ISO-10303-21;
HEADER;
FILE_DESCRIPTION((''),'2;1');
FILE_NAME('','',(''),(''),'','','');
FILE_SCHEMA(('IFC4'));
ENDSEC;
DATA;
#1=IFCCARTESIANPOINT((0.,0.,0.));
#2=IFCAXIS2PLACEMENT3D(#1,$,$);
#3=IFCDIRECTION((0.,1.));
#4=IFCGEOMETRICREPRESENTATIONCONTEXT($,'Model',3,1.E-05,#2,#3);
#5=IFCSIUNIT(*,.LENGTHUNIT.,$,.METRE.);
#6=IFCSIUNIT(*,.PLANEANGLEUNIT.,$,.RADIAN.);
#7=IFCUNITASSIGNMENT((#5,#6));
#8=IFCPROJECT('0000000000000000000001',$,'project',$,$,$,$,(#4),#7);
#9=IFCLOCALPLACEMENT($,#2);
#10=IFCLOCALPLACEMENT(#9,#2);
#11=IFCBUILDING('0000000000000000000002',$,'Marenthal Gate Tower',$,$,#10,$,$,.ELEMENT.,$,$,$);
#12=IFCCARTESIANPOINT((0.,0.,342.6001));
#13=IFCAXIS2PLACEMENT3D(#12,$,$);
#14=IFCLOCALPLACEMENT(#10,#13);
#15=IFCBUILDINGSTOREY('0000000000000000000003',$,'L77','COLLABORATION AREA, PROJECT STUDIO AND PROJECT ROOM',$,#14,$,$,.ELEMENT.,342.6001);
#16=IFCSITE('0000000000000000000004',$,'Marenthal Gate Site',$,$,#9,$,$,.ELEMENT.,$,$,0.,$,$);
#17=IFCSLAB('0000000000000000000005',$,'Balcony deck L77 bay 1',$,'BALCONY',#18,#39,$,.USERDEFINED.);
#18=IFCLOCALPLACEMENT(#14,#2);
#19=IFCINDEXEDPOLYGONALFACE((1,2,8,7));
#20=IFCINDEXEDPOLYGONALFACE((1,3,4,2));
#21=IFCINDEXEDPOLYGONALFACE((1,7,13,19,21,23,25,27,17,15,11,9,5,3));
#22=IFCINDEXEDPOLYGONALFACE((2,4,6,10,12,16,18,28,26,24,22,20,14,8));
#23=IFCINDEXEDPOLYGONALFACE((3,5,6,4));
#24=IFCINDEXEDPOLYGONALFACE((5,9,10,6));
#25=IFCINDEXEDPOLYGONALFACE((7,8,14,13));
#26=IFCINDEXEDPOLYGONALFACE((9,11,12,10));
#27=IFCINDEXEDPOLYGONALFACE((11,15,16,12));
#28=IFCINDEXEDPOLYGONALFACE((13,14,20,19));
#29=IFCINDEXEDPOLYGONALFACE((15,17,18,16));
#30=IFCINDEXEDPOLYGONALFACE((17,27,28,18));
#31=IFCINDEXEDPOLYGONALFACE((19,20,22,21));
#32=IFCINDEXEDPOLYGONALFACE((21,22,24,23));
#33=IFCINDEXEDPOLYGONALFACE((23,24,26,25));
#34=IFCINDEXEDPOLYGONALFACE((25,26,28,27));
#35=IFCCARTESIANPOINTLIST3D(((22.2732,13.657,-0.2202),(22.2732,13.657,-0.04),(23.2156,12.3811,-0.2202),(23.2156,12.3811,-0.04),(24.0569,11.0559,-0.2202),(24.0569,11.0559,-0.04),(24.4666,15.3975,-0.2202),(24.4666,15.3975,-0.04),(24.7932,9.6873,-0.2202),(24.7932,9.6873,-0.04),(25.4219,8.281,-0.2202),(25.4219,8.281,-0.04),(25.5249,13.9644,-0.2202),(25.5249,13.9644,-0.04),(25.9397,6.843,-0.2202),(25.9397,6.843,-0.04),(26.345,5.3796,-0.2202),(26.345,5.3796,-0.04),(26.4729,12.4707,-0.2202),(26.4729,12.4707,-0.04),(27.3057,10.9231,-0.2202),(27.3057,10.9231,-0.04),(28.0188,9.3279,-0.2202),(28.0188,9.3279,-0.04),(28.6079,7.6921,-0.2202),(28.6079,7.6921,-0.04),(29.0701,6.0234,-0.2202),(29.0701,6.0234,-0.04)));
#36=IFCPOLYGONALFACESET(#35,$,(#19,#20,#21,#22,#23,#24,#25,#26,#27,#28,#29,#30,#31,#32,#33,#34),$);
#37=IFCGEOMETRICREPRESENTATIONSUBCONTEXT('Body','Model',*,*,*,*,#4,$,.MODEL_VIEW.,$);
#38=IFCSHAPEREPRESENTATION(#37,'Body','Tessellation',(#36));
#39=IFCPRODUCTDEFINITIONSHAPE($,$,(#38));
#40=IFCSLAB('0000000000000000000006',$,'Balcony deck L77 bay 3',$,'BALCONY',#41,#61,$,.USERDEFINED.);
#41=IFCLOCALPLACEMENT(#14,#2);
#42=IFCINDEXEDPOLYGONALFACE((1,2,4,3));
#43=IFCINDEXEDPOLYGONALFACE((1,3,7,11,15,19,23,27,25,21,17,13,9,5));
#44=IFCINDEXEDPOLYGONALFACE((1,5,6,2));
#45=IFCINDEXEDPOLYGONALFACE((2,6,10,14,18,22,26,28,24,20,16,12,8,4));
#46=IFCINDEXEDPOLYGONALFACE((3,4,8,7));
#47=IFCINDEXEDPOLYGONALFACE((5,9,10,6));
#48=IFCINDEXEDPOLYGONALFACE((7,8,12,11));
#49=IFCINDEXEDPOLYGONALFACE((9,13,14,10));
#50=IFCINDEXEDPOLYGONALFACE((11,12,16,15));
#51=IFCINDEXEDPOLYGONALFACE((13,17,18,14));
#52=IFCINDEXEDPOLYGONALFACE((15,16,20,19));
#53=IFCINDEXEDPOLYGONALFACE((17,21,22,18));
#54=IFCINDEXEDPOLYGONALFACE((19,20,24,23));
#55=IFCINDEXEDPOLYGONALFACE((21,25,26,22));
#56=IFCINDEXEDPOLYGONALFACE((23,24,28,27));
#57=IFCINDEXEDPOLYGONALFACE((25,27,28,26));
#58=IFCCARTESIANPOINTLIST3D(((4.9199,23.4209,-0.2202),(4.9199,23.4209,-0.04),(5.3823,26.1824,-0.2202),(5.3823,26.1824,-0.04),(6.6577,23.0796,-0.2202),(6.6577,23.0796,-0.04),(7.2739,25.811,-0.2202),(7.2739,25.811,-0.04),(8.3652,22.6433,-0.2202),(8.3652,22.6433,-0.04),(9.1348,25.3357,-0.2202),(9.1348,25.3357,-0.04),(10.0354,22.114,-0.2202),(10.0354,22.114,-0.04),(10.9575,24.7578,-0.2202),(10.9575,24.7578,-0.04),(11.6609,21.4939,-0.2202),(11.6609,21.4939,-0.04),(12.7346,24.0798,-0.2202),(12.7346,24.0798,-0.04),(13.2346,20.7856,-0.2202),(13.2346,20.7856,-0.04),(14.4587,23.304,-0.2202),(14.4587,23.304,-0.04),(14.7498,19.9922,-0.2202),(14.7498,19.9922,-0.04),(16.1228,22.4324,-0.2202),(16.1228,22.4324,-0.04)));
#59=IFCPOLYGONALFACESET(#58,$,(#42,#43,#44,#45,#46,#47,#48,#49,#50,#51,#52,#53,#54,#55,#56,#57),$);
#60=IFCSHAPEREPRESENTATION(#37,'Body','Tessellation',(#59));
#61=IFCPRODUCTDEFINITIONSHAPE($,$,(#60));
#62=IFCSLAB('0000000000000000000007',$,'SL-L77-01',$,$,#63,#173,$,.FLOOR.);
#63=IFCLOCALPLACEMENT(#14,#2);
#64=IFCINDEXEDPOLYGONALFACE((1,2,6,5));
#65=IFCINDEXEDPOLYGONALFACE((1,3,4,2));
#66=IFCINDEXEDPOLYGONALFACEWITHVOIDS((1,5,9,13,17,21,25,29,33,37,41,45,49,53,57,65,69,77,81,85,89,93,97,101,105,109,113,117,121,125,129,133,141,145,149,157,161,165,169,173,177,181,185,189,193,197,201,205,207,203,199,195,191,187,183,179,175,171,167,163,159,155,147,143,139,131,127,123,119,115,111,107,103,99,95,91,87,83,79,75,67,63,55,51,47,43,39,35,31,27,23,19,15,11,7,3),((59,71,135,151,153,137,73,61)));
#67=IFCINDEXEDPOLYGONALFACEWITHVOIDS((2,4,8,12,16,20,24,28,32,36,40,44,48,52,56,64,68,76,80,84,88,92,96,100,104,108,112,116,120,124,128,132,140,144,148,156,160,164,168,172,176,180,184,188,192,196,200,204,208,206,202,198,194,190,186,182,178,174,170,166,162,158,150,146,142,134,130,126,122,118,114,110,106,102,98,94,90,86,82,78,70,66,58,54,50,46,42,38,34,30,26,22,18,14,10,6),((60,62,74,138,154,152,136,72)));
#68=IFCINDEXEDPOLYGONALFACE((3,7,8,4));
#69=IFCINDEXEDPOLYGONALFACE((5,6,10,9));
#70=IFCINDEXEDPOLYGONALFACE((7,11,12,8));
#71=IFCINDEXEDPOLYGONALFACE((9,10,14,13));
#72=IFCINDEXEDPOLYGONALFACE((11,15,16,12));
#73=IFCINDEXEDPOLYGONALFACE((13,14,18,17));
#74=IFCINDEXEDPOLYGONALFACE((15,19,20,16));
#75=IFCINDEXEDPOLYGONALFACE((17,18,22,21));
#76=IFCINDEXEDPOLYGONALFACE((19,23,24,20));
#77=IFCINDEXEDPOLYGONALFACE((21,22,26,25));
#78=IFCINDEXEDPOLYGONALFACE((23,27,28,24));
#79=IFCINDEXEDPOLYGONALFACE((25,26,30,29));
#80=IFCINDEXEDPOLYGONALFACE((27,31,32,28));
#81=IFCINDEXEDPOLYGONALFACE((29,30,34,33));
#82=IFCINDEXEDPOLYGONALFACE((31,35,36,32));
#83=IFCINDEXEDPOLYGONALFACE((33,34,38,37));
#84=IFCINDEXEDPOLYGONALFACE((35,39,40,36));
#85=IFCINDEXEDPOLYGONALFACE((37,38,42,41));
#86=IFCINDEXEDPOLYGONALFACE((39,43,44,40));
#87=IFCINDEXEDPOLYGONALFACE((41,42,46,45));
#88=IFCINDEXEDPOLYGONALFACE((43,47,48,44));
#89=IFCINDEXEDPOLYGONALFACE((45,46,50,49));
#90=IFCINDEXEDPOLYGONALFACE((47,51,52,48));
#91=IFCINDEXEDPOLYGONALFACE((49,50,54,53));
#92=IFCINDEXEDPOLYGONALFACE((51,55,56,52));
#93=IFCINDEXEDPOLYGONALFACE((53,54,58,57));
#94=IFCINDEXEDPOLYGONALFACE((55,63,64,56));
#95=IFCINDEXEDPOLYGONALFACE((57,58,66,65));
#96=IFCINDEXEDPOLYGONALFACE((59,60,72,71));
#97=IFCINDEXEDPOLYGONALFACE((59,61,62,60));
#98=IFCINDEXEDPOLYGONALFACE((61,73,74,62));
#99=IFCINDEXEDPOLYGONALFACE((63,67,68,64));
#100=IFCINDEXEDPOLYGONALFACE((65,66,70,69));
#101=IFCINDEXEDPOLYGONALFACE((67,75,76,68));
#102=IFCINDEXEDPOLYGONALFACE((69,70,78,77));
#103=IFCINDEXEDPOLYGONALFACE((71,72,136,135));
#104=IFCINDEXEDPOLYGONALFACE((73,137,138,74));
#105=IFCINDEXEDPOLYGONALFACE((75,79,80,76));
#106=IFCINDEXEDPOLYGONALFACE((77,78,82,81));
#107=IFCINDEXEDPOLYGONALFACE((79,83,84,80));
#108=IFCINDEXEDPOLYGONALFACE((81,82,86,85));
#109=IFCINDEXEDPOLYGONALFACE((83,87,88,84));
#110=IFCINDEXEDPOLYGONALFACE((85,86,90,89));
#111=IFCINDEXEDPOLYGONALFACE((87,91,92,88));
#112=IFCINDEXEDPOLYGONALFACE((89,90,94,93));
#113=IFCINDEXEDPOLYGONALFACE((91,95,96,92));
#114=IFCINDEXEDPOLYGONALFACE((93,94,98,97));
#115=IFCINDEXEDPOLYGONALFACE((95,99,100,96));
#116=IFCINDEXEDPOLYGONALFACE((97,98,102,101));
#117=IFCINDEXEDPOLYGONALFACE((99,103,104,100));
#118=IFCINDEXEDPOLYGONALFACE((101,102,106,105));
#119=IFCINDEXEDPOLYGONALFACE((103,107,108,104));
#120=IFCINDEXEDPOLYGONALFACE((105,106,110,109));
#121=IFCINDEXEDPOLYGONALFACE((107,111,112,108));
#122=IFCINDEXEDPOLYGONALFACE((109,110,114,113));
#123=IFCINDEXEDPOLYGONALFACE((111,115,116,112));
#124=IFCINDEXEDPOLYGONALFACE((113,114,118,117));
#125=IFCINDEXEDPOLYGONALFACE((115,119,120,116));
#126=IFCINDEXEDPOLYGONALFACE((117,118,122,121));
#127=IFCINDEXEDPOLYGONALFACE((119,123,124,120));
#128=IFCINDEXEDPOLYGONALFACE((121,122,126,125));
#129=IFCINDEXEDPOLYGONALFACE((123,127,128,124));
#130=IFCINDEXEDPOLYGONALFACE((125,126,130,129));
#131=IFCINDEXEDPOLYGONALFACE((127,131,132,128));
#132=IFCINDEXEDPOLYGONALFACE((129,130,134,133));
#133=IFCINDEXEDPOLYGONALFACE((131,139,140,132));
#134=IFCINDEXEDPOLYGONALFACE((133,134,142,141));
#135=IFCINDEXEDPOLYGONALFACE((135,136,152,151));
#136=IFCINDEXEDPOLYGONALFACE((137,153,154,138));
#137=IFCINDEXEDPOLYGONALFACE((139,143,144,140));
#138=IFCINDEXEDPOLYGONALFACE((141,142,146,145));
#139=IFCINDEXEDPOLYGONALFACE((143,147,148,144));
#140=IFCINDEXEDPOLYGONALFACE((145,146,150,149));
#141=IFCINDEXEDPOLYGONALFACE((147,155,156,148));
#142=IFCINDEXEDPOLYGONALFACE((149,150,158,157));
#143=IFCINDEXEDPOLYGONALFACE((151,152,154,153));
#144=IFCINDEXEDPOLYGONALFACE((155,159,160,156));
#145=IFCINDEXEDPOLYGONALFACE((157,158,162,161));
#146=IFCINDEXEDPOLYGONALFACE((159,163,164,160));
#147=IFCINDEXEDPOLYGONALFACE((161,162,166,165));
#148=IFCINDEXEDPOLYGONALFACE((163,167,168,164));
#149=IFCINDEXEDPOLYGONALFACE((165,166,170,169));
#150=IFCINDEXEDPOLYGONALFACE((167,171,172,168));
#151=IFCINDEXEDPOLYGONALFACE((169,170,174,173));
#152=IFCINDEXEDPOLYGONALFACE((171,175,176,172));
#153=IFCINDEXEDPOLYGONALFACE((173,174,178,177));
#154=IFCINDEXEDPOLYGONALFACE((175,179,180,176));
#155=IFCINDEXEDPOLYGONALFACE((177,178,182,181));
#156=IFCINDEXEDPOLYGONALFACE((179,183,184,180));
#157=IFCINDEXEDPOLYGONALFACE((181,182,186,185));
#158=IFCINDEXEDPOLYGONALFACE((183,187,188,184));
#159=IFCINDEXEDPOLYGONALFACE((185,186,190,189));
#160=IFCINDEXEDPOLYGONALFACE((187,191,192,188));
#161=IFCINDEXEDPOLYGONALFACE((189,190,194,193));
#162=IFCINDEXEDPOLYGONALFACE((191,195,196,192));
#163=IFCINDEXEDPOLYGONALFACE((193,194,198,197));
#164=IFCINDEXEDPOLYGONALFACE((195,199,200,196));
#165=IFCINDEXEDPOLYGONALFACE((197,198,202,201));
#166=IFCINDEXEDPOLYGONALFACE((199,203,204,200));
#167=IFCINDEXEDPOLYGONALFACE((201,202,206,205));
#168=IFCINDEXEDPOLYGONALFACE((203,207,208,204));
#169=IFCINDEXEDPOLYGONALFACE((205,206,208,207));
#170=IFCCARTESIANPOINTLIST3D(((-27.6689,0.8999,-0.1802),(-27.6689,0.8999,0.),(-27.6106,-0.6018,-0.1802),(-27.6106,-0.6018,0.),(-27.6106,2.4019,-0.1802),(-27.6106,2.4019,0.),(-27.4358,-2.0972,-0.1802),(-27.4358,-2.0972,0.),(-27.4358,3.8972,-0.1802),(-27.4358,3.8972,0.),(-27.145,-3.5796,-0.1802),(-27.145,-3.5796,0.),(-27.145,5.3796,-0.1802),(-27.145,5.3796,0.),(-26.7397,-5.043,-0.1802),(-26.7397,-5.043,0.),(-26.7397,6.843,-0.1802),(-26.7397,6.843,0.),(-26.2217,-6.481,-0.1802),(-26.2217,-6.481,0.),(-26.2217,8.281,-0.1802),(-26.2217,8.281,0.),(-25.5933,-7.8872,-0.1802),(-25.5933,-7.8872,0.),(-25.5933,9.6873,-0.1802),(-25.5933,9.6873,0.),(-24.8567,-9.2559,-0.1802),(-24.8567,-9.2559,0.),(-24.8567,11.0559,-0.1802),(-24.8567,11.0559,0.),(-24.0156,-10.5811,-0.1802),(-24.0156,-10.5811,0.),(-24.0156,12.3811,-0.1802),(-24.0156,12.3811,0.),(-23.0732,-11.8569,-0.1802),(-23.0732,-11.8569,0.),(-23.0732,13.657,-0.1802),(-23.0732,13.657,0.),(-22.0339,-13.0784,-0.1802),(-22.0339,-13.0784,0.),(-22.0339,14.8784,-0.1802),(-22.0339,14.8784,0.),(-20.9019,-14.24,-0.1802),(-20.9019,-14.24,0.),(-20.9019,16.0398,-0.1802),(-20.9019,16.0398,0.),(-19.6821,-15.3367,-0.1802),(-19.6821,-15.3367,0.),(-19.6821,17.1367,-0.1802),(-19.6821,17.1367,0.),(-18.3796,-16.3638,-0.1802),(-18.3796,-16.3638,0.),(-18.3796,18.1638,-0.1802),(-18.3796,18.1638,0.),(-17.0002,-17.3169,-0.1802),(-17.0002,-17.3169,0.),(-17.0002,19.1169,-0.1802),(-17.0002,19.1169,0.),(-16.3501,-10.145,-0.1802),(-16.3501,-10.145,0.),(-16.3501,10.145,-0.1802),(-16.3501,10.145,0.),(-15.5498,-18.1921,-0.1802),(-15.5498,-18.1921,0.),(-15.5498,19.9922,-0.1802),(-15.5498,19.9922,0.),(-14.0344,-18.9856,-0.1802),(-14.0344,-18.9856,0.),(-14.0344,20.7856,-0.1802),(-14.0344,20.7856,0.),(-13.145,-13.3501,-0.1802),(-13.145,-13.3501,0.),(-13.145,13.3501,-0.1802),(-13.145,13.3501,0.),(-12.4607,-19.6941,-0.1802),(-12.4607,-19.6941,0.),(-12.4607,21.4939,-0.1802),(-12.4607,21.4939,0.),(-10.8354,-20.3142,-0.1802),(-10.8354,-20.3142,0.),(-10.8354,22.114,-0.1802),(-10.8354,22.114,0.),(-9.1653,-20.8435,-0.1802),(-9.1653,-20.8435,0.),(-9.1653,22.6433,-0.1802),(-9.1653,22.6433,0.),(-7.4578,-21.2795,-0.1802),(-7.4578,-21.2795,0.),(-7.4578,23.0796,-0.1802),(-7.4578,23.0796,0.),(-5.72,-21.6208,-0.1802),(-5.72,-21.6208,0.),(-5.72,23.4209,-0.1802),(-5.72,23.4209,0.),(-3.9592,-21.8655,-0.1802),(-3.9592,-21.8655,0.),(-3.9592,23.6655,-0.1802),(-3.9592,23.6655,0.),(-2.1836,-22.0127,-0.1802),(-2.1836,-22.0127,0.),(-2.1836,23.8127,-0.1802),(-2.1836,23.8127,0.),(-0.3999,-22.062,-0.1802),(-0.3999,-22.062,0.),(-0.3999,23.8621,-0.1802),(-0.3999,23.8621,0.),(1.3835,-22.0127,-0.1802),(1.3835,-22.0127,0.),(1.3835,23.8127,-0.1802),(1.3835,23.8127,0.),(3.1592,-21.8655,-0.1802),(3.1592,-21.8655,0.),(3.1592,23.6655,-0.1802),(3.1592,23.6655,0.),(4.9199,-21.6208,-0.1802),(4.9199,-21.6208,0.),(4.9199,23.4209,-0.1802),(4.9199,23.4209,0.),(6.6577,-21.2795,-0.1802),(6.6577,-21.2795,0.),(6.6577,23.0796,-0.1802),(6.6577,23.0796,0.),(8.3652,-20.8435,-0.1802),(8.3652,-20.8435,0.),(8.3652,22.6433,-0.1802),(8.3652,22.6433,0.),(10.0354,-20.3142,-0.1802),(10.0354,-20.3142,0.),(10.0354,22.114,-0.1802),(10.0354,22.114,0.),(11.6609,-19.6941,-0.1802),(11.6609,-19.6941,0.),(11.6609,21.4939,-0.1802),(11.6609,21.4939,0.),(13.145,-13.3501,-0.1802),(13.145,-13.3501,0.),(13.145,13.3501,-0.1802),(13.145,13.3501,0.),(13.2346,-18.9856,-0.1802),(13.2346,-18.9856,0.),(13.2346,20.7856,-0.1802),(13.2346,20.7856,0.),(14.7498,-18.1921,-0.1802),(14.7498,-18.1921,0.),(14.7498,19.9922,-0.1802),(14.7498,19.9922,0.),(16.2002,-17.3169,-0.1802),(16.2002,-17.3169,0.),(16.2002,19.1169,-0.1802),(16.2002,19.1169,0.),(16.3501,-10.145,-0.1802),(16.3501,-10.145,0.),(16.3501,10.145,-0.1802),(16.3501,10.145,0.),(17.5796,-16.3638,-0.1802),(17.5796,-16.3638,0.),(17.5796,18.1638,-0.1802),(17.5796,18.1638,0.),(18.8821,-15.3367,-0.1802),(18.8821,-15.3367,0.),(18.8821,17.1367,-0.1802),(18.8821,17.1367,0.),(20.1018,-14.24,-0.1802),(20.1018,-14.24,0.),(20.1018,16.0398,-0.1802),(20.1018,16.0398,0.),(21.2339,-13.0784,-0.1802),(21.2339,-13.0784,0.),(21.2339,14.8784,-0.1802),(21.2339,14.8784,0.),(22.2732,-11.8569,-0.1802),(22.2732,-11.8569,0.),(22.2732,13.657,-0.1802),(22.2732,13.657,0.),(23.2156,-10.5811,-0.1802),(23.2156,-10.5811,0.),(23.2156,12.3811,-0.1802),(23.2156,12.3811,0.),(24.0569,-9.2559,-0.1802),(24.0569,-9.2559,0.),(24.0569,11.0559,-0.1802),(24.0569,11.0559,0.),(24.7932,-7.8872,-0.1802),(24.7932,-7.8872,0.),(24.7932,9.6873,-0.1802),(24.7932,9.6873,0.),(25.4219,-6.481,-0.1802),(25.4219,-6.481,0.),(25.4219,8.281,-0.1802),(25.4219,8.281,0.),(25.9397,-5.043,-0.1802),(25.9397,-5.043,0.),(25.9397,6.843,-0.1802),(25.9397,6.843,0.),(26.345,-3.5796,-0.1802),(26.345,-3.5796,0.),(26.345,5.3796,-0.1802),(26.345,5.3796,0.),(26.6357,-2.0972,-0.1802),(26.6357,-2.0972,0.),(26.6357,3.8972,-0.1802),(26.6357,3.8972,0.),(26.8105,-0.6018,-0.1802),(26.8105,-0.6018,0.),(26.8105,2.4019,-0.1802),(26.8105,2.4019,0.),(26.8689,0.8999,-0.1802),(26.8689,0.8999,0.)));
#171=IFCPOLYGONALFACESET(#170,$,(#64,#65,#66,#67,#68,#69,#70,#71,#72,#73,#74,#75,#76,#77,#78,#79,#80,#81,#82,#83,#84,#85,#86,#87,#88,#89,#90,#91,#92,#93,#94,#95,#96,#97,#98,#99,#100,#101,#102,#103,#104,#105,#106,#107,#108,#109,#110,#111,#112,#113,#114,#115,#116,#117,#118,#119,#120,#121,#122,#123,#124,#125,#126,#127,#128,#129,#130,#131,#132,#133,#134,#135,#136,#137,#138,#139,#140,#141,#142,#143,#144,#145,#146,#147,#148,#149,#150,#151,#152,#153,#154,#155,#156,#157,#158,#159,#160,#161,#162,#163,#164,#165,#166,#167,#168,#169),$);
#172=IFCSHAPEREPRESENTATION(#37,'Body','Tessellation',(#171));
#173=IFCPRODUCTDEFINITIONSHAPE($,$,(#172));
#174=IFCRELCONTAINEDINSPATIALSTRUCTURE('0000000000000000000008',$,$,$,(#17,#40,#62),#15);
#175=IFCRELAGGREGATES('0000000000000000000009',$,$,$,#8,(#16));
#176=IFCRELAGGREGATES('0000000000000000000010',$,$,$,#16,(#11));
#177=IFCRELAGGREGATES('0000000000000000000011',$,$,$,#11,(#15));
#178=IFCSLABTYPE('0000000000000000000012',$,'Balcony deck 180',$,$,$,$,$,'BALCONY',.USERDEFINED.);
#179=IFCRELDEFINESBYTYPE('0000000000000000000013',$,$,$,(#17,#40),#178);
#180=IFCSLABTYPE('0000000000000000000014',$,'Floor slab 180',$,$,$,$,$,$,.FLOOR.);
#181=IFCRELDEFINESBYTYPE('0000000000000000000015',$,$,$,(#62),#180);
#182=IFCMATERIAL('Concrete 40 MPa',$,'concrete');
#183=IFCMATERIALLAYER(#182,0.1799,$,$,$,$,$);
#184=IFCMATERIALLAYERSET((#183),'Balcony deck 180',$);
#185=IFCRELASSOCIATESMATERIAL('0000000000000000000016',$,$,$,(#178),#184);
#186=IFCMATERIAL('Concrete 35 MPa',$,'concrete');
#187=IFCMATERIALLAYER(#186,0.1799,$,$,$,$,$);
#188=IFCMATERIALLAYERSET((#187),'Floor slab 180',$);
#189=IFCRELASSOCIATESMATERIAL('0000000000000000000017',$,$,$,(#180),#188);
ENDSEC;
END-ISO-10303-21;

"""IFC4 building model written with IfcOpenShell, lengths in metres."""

from ifc_helpers import new_model, si_unit, direction, frame, origin, place, context, subcontext, project, spatial, polyline, outline, extrude, material, layer, layer_set, type_object, element, save


model = new_model("IFC4")

# Units and contexts
model_context = context("Model", 3, precision=1e-05, world=origin(), true_north=direction((0.0, 1.0)))
body_context = subcontext(model_context, "Body", "Model", "MODEL_VIEW")
ifc_project = project(units=[si_unit("LENGTHUNIT", "METRE"), si_unit("PLANEANGLEUNIT", "RADIAN")], contexts=[model_context])

# Site, building, storey
site_placement = place(None, origin())
site = spatial("IfcSite", under=ifc_project, at=site_placement, Name="Marenthal Gate Site", CompositionType="ELEMENT", RefElevation=0.0)
building_placement = place(site_placement, origin())
building = spatial("IfcBuilding", under=site, at=building_placement, Name="Marenthal Gate Tower", CompositionType="ELEMENT")
storey_placement = place(building_placement, frame((0.0, 0.0, 342.6001)))
storey = spatial("IfcBuildingStorey", under=building, at=storey_placement, Name="L77", Description="COLLABORATION AREA, PROJECT STUDIO AND PROJECT ROOM", CompositionType="ELEMENT", Elevation=342.6001)

# Slabs
ifc_material_1 = material(Name="Concrete 40 MPa", Category="concrete")
ifc_layer_1 = layer(ifc_material_1, 0.1799)
ifc_layer_set_1 = layer_set([ifc_layer_1], Name="Balcony deck 180")
slab_type_1 = type_object("IfcSlabType", Name="Balcony deck 180", ElementType="BALCONY", PredefinedType="USERDEFINED", material=ifc_layer_set_1)
slab_1_placement = place(storey_placement, frame((0.0, 0.0, -0.2202)))
element("IfcSlab", 1, at=slab_1_placement, inside=storey, type_object=slab_type_1, Name="Balcony deck L77 bay 1", ObjectType="BALCONY", PredefinedType="USERDEFINED", context=body_context, shape_type="SweptSolid", body=[
    extrude(outline(polyline([(26.345, 5.3796), (25.9397, 6.843), (25.4219, 8.281), (24.7932, 9.6873), (24.0569, 11.0559), (23.2156, 12.3811), (22.2732, 13.657), (24.4666, 15.3975), (25.5249, 13.9644), (26.4729, 12.4707), (27.3057, 10.9231), (28.0188, 9.3279), (28.6079, 7.6921), (29.0701, 6.0234), (26.345, 5.3796)])), origin(), (0.0, 0.0, 1.0), 0.1802),
])
slab_2_placement = place(storey_placement, frame((0.0, 0.0, -0.2202)))
element("IfcSlab", 2, at=slab_2_placement, inside=storey, type_object=slab_type_1, Name="Balcony deck L77 bay 3", ObjectType="BALCONY", PredefinedType="USERDEFINED", context=body_context, shape_type="SweptSolid", body=[
    extrude(outline(polyline([(14.7498, 19.9922), (13.2346, 20.7856), (11.6609, 21.4939), (10.0354, 22.114), (8.3652, 22.6433), (6.6577, 23.0796), (4.9199, 23.4209), (5.3823, 26.1824), (7.2739, 25.811), (9.1348, 25.3357), (10.9575, 24.7578), (12.7346, 24.0798), (14.4587, 23.304), (16.1228, 22.4324), (14.7498, 19.9922)])), origin(), (0.0, 0.0, 1.0), 0.1802),
])
ifc_material_2 = material(Name="Concrete 35 MPa", Category="concrete")
ifc_layer_2 = layer(ifc_material_2, 0.1799)
ifc_layer_set_2 = layer_set([ifc_layer_2], Name="Floor slab 180")
slab_type_2 = type_object("IfcSlabType", Name="Floor slab 180", PredefinedType="FLOOR", material=ifc_layer_set_2)
slab_3_placement = place(storey_placement, frame((0.0, 0.0, -0.1802)))
element("IfcSlab", 3, at=slab_3_placement, inside=storey, type_object=slab_type_2, Name="SL-L77-01", PredefinedType="FLOOR", context=body_context, shape_type="SweptSolid", body=[
    extrude(outline(polyline([(26.8689, 0.8999), (26.8105, 2.4019), (26.6357, 3.8972), (26.345, 5.3796), (25.9397, 6.843), (25.4219, 8.281), (24.7932, 9.6873), (24.0569, 11.0559), (23.2156, 12.3811), (22.2732, 13.657), (21.2339, 14.8784), (20.1018, 16.0398), (18.8821, 17.1367), (17.5796, 18.1638), (16.2002, 19.1169), (14.7498, 19.9922), (13.2346, 20.7856), (11.6609, 21.4939), (10.0354, 22.114), (8.3652, 22.6433), (6.6577, 23.0796), (4.9199, 23.4209), (3.1592, 23.6655), (1.3835, 23.8127), (-0.3999, 23.8621), (-2.1836, 23.8127), (-3.9592, 23.6655), (-5.72, 23.4209), (-7.4578, 23.0796), (-9.1653, 22.6433), (-10.8354, 22.114), (-12.4607, 21.4939), (-14.0344, 20.7856), (-15.5498, 19.9922), (-17.0002, 19.1169), (-18.3796, 18.1638), (-19.6821, 17.1367), (-20.9019, 16.0398), (-22.0339, 14.8784), (-23.0732, 13.657), (-24.0156, 12.3811), (-24.8567, 11.0559), (-25.5933, 9.6873), (-26.2217, 8.281), (-26.7397, 6.843), (-27.145, 5.3796), (-27.4358, 3.8972), (-27.6106, 2.4019), (-27.6689, 0.8999), (-27.6106, -0.6018), (-27.4358, -2.0972), (-27.145, -3.5796), (-26.7397, -5.043), (-26.2217, -6.481), (-25.5933, -7.8872), (-24.8567, -9.2559), (-24.0156, -10.5811), (-23.0732, -11.8569), (-22.0339, -13.0784), (-20.9019, -14.24), (-19.6821, -15.3367), (-18.3796, -16.3638), (-17.0002, -17.3169), (-15.5498, -18.1921), (-14.0344, -18.9856), (-12.4607, -19.6941), (-10.8354, -20.3142), (-9.1653, -20.8435), (-7.4578, -21.2795), (-5.72, -21.6208), (-3.9592, -21.8655), (-2.1836, -22.0127), (-0.3999, -22.062), (1.3835, -22.0127), (3.1592, -21.8655), (4.9199, -21.6208), (6.6577, -21.2795), (8.3652, -20.8435), (10.0354, -20.3142), (11.6609, -19.6941), (13.2346, -18.9856), (14.7498, -18.1921), (16.2002, -17.3169), (17.5796, -16.3638), (18.8821, -15.3367), (20.1018, -14.24), (21.2339, -13.0784), (22.2732, -11.8569), (23.2156, -10.5811), (24.0569, -9.2559), (24.7932, -7.8872), (25.4219, -6.481), (25.9397, -5.043), (26.345, -3.5796), (26.6357, -2.0972), (26.8105, -0.6018), (26.8689, 0.8999)]), holes=[polyline([(13.145, -13.3501), (16.3501, -10.145), (16.3501, 10.145), (13.145, 13.3501), (-13.145, 13.3501), (-16.3501, 10.145), (-16.3501, -10.145), (-13.145, -13.3501), (13.145, -13.3501)])]), origin(), (0.0, 0.0, 1.0), 0.1802),
])

save(model, "model.ifc")
